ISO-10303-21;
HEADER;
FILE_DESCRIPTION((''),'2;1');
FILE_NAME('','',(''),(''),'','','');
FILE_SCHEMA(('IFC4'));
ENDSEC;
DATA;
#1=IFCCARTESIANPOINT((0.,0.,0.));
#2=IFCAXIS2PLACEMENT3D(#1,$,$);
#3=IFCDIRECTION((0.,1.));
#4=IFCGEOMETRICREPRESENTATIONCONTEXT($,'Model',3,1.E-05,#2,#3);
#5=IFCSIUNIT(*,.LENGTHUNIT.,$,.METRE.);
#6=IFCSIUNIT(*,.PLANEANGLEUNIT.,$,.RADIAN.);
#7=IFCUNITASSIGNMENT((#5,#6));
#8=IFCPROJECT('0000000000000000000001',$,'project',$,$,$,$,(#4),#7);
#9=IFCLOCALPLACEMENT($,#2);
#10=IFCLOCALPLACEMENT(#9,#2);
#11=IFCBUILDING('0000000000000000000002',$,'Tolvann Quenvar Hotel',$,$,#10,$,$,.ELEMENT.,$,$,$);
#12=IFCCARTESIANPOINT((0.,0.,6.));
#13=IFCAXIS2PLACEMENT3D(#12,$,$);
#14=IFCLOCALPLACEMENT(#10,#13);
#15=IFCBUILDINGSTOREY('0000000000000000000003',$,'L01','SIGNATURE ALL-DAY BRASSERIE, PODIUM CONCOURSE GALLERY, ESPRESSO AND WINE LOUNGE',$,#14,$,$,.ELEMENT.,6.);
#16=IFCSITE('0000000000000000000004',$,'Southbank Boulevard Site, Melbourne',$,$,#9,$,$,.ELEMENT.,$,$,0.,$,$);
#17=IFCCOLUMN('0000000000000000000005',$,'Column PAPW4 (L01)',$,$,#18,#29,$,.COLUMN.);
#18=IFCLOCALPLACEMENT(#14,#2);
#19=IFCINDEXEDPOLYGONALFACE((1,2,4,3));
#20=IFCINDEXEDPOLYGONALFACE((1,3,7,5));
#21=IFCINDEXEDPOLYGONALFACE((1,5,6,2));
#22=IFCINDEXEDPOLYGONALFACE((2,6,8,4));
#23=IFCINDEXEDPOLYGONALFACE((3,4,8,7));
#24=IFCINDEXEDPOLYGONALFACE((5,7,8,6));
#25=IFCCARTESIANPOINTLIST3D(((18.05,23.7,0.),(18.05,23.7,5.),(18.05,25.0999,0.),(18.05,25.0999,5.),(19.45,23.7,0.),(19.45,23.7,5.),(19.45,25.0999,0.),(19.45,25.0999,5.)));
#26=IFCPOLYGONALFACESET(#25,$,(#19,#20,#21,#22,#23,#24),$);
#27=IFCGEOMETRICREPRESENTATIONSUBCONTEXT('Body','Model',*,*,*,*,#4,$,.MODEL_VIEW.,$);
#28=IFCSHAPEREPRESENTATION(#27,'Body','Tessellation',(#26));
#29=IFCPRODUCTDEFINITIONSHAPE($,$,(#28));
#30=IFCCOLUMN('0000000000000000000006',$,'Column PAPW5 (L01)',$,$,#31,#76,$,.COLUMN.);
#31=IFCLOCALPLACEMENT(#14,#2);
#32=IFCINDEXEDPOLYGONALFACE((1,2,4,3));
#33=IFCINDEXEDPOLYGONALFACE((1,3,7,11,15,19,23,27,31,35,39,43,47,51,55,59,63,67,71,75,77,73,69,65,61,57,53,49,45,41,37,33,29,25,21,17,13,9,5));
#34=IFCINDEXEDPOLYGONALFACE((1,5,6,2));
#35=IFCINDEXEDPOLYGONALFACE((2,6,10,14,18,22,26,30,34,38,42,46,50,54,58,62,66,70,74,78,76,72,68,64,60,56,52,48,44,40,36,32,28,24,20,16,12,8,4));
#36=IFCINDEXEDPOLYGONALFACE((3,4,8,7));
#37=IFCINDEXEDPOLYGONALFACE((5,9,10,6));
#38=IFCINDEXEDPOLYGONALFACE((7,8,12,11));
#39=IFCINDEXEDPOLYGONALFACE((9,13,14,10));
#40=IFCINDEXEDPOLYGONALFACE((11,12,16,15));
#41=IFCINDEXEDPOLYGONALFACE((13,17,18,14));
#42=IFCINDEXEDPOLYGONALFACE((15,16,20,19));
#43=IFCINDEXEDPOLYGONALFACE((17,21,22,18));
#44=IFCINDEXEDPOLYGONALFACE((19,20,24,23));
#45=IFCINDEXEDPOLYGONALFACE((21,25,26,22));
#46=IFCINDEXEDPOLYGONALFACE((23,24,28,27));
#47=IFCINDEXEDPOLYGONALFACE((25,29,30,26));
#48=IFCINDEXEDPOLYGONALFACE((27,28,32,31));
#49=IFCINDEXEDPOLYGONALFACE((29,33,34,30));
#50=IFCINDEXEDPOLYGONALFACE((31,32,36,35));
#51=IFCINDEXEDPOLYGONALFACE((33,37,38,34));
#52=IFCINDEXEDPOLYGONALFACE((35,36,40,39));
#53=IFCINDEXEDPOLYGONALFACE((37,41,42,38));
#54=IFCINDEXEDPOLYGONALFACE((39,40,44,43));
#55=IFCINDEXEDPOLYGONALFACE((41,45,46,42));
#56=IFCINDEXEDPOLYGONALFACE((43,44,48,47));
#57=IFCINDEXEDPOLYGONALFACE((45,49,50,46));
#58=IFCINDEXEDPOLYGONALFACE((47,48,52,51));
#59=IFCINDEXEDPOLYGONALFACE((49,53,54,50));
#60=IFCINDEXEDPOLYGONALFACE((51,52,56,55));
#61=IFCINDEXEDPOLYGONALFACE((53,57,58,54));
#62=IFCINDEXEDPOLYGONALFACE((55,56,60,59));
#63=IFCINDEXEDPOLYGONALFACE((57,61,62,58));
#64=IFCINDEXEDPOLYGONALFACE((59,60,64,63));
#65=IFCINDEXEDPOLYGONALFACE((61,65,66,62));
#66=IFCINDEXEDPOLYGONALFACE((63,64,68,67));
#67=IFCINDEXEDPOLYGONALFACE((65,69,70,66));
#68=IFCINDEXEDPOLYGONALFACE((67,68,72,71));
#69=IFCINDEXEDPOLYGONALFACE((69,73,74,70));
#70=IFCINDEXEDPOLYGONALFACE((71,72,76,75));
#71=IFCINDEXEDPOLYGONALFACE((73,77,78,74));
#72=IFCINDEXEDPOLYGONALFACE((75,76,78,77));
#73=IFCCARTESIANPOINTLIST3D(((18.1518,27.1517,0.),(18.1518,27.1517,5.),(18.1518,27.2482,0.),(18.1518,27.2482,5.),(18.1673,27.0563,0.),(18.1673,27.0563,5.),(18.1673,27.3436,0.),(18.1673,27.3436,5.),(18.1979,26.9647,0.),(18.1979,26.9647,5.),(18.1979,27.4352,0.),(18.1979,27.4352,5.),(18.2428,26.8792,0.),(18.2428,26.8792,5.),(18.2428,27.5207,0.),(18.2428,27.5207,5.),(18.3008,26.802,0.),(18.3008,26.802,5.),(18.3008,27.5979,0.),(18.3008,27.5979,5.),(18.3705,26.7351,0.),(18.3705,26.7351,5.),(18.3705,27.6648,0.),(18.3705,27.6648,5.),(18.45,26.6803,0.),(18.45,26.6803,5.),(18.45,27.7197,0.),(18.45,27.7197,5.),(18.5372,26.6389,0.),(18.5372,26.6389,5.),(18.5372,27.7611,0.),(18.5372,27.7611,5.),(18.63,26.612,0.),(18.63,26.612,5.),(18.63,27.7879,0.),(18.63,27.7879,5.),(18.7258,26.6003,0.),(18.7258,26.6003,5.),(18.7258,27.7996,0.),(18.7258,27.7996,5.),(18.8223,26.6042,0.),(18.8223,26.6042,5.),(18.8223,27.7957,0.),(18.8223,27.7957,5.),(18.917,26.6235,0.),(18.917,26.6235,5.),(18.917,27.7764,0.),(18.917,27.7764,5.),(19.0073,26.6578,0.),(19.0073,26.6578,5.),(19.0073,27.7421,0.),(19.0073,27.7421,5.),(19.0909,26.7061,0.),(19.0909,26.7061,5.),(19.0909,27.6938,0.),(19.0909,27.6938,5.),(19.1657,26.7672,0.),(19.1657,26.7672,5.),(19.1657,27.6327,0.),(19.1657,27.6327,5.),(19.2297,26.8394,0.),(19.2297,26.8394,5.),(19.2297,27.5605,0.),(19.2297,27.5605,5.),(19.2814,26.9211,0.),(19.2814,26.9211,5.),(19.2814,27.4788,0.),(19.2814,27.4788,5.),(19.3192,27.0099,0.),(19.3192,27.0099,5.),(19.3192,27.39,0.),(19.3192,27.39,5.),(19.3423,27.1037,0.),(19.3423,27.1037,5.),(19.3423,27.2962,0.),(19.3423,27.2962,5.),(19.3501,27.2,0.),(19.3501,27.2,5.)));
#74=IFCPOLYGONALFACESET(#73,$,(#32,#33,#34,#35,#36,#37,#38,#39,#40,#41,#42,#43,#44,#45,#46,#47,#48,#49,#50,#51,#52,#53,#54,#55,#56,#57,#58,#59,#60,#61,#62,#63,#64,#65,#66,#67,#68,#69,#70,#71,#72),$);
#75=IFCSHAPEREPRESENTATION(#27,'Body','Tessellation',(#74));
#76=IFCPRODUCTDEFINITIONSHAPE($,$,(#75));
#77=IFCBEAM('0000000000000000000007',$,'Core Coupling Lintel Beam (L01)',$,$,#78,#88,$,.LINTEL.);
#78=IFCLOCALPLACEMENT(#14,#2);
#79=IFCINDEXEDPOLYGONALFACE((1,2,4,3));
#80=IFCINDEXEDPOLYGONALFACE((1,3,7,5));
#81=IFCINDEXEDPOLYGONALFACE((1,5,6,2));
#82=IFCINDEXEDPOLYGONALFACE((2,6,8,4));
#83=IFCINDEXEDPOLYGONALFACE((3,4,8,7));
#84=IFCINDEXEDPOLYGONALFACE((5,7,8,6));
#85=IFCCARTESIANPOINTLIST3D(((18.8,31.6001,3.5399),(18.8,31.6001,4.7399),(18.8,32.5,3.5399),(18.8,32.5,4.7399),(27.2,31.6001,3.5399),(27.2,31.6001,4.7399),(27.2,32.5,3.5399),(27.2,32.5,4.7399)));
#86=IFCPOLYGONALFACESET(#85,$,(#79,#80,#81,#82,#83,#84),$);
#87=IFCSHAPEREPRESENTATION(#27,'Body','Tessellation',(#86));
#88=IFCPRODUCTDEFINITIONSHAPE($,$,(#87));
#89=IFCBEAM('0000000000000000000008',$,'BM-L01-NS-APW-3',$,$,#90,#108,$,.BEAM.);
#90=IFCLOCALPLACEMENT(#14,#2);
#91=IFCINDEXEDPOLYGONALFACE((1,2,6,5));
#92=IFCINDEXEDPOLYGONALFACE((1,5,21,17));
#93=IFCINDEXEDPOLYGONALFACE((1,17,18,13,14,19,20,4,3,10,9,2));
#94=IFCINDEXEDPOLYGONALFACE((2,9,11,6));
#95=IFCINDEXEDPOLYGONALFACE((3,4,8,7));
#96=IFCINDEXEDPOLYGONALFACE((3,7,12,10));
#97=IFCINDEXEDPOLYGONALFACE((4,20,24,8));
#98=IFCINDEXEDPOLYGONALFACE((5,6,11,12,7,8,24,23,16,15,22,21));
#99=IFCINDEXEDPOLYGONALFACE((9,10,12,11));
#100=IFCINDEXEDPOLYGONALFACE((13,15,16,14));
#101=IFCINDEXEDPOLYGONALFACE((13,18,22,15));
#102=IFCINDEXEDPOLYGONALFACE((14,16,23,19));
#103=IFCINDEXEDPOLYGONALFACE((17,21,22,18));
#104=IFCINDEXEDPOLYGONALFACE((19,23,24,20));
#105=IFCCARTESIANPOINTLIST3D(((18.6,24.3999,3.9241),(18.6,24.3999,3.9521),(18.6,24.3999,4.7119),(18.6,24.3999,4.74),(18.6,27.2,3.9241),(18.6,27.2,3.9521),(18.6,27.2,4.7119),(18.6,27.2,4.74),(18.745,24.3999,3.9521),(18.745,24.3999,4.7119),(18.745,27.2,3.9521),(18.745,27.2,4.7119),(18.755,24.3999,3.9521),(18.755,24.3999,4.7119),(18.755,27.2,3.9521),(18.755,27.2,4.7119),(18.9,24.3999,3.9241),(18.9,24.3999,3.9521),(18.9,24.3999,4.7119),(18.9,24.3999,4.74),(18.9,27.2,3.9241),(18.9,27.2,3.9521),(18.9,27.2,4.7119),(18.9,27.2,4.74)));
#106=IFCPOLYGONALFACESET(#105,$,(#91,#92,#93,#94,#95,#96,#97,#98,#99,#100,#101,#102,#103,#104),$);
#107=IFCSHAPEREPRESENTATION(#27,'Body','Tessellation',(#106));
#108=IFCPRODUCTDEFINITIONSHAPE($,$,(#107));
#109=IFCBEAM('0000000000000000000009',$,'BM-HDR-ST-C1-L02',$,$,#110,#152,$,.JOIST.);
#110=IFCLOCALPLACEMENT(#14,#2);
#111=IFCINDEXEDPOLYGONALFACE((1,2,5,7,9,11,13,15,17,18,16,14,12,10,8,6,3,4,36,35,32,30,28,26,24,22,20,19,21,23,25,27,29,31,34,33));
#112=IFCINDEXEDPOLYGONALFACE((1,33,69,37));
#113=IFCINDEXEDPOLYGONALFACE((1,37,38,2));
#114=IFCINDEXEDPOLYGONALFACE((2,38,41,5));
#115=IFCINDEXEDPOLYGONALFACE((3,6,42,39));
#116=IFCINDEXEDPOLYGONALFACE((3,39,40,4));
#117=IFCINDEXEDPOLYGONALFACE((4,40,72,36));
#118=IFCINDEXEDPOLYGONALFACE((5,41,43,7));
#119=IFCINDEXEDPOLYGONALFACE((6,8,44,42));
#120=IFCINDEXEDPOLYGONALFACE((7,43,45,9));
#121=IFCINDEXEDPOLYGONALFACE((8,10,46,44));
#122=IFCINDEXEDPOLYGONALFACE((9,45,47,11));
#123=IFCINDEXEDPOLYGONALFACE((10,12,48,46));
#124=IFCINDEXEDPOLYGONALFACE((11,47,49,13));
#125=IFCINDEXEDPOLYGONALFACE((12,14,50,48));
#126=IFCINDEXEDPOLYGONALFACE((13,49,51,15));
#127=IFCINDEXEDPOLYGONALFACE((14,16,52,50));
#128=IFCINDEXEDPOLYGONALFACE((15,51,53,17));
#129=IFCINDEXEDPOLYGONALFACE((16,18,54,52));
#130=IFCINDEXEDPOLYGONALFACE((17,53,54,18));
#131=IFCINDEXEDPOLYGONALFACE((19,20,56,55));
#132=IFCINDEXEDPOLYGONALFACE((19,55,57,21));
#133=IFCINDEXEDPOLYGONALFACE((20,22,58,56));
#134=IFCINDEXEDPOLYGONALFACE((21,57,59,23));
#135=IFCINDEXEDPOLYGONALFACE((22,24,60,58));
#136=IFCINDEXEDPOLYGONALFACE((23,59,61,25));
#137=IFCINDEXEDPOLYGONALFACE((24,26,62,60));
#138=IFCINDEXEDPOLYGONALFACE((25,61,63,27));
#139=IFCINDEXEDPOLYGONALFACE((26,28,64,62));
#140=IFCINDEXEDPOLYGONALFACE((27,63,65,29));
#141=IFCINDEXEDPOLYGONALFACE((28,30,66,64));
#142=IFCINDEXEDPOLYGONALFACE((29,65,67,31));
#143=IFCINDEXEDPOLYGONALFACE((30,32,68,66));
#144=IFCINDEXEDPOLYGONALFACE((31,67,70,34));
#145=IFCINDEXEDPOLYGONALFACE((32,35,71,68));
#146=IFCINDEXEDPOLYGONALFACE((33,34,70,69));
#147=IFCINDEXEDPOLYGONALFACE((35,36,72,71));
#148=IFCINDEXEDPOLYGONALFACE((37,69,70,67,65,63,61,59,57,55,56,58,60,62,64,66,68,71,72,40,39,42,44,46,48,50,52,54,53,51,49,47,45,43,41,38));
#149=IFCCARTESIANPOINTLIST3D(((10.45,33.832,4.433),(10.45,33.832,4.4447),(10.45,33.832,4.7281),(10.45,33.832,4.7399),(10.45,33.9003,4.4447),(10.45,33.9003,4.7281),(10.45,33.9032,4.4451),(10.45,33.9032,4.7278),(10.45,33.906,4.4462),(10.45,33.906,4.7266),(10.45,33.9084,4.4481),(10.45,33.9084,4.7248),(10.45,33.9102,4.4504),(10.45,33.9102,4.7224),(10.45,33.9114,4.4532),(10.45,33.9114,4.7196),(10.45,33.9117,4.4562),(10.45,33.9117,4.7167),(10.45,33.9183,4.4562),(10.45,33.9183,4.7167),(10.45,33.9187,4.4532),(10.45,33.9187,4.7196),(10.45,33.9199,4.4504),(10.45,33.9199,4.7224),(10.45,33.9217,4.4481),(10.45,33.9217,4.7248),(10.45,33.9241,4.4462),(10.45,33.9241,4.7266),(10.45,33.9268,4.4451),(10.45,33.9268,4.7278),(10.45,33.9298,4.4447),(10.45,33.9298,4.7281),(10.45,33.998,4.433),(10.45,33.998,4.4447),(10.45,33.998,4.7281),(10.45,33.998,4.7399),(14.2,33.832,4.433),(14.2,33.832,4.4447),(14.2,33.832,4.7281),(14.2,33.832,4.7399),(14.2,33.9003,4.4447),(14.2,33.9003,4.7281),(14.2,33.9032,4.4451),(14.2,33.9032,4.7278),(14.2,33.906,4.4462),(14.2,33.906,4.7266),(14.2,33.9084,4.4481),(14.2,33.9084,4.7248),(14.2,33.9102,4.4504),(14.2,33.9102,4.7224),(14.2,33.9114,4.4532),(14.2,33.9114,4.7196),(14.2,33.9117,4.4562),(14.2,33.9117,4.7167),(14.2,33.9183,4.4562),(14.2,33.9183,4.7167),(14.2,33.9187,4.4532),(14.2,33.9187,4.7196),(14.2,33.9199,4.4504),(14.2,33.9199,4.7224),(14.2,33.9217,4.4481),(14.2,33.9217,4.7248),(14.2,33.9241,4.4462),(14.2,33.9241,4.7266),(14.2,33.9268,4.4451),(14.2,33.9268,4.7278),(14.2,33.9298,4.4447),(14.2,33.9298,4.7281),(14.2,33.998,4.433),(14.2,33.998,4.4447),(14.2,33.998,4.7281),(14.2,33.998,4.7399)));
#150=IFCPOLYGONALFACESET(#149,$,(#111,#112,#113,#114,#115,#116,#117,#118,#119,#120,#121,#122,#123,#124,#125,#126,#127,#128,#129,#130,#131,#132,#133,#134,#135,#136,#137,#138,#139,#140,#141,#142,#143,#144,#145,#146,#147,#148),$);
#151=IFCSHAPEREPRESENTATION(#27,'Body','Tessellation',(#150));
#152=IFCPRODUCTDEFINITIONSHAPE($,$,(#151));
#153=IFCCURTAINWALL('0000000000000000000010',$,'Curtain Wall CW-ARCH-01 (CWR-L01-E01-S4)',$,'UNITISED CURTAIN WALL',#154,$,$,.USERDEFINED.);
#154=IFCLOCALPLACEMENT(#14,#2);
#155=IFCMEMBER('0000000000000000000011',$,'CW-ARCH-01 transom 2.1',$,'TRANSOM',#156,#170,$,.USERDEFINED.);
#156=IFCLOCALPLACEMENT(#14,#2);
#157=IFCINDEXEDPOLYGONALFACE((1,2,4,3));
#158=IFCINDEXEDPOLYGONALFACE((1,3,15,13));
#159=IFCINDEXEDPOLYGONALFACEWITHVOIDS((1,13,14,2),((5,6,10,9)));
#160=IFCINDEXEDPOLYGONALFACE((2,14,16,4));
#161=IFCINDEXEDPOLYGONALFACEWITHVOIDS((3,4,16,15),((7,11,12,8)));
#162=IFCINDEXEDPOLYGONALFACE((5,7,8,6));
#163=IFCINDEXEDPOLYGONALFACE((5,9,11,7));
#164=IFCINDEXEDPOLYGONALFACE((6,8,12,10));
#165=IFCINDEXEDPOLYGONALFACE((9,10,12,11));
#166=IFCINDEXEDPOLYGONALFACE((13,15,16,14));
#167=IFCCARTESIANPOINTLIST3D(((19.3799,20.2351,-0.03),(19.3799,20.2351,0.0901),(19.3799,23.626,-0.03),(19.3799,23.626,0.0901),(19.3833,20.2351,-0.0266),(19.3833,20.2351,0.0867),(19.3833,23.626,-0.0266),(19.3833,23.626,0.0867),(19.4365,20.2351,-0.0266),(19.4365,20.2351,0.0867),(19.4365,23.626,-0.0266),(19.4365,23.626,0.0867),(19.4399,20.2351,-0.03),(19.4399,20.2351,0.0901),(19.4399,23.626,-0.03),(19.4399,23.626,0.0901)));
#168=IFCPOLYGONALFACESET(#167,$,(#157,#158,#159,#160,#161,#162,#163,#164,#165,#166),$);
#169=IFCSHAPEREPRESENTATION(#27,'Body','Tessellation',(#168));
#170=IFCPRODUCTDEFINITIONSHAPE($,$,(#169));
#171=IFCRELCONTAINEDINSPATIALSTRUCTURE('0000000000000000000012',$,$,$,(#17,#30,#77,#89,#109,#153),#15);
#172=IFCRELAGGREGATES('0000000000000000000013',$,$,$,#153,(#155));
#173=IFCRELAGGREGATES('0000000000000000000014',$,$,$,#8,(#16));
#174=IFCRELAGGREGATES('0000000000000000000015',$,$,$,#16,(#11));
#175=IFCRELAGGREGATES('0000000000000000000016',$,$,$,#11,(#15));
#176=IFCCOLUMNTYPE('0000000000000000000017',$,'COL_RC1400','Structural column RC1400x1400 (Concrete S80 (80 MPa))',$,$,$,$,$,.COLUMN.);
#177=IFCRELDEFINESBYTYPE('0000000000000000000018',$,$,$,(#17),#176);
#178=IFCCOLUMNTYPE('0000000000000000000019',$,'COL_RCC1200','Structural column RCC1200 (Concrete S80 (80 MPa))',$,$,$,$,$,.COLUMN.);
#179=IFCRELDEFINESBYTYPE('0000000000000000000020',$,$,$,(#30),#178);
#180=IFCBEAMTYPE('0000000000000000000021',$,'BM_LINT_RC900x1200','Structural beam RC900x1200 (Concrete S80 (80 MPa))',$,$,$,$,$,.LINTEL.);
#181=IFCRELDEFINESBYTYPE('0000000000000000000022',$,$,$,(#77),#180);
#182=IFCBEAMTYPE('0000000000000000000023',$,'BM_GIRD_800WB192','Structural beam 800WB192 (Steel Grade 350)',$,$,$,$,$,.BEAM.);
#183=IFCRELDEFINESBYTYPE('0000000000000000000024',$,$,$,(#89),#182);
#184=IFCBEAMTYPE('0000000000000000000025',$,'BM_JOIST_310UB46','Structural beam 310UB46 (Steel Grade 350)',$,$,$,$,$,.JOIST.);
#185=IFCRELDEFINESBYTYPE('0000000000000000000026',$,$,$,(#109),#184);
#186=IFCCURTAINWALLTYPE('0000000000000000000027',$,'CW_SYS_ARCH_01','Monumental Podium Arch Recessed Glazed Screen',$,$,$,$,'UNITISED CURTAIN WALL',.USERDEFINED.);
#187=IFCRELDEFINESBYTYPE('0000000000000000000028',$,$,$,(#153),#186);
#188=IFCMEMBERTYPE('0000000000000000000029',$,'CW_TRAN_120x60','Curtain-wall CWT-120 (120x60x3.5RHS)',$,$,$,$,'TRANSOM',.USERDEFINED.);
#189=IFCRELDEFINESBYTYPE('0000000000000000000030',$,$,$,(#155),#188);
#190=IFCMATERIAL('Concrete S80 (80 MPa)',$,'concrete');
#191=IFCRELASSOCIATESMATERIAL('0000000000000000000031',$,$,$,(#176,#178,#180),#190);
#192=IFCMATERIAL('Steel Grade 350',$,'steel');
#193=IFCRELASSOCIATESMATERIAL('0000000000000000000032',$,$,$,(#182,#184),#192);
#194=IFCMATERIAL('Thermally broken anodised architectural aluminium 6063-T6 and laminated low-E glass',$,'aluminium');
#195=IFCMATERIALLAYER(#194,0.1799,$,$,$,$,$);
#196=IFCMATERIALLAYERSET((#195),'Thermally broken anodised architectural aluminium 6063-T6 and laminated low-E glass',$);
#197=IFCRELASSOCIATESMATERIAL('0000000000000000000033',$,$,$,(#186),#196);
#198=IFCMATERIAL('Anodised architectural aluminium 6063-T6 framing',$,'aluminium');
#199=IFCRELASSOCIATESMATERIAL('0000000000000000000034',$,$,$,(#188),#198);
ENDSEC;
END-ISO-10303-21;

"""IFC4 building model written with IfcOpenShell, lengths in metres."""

from ifc_helpers import new_model, si_unit, direction, frame, origin, origin_2d, place, context, subcontext, project, spatial, rectangle, hollow_rectangle, circle, i_section, extrude, source, transform, mapped, material, layer, layer_set, material_profile, profile_set, type_object, type_shapes, element, aggregate, save


model = new_model("IFC4")

# Units and contexts
model_context = context("Model", 3, precision=1e-05, world=origin(), true_north=direction((0.0, 1.0)))
body_context = subcontext(model_context, "Body", "Model", "MODEL_VIEW")
ifc_project = project(units=[si_unit("LENGTHUNIT", "METRE"), si_unit("PLANEANGLEUNIT", "RADIAN")], contexts=[model_context])

# Site, building, storey
site_placement = place(None, origin())
site = spatial("IfcSite", under=ifc_project, at=site_placement, Name="Southbank Boulevard Site, Melbourne", CompositionType="ELEMENT", RefElevation=0.0)
building_placement = place(site_placement, origin())
building = spatial("IfcBuilding", under=site, at=building_placement, Name="Tolvann Quenvar Hotel", CompositionType="ELEMENT")
storey_placement = place(building_placement, frame((0.0, 0.0, 6.0)))
storey = spatial("IfcBuildingStorey", under=building, at=storey_placement, Name="L01", Description="SIGNATURE ALL-DAY BRASSERIE, PODIUM CONCOURSE GALLERY, ESPRESSO AND WINE LOUNGE", CompositionType="ELEMENT", Elevation=6.0)

# Columns
ifc_material_1 = material(Name="Concrete S80 (80 MPa)", Category="concrete")
ifc_material_profile_1 = material_profile(ifc_material_1, rectangle(XDim=1.3999, YDim=1.3999, at=origin_2d()), Name="RC1400x1400")
ifc_profile_set_1 = profile_set([ifc_material_profile_1], Name="Concrete S80 (80 MPa)")
column_type_1 = type_object("IfcColumnType", Name="COL_RC1400", Description="Structural column RC1400x1400 (Concrete S80 (80 MPa))", PredefinedType="COLUMN", material=ifc_profile_set_1)
shared_shape_1 = source(origin(), body_context, "Body", "SweptSolid", [
    extrude(rectangle(XDim=1.3999, YDim=1.3999, at=origin_2d()), origin(), (0.0, 0.0, 1.0), 5.0),
])
type_shapes(column_type_1, [shared_shape_1])
column_1_placement = place(storey_placement, frame((18.75, 24.3999, 0.0), z_axis=(0.0, 0.0, 1.0), x_axis=(1.0, 0.0, 0.0)))
element("IfcColumn", 1, at=column_1_placement, inside=storey, type_object=column_type_1, Name="Column PAPW4 (L01)", PredefinedType="COLUMN", context=body_context, shape_type="MappedRepresentation", body=[
    mapped(shared_shape_1, transform((0.0, 0.0, 0.0), x_axis=(1.0, 0.0, 0.0), y_axis=(0.0, 1.0, 0.0), z_axis=(0.0, 0.0, 1.0), scale=1.0)),
])
ifc_material_profile_2 = material_profile(ifc_material_1, circle(Radius=0.6001, at=origin_2d()), Name="RCC1200")
ifc_profile_set_2 = profile_set([ifc_material_profile_2], Name="Concrete S80 (80 MPa)")
column_type_2 = type_object("IfcColumnType", Name="COL_RCC1200", Description="Structural column RCC1200 (Concrete S80 (80 MPa))", PredefinedType="COLUMN", material=ifc_profile_set_2)
shared_shape_2 = source(origin(), body_context, "Body", "SweptSolid", [
    extrude(circle(Radius=0.6001, at=origin_2d()), origin(), (0.0, 0.0, 1.0), 5.0),
])
type_shapes(column_type_2, [shared_shape_2])
column_2_placement = place(storey_placement, frame((18.75, 27.2, 0.0), z_axis=(0.0, 0.0, 1.0), x_axis=(1.0, 0.0, 0.0)))
element("IfcColumn", 2, at=column_2_placement, inside=storey, type_object=column_type_2, Name="Column PAPW5 (L01)", PredefinedType="COLUMN", context=body_context, shape_type="MappedRepresentation", body=[
    mapped(shared_shape_2, transform((0.0, 0.0, 0.0), x_axis=(1.0, 0.0, 0.0), y_axis=(0.0, 1.0, 0.0), z_axis=(0.0, 0.0, 1.0), scale=1.0)),
])

# Beams
ifc_material_profile_3 = material_profile(ifc_material_1, rectangle(XDim=0.8999, YDim=1.2, at=origin_2d()), Name="RC900x1200")
ifc_profile_set_3 = profile_set([ifc_material_profile_3], Name="Concrete S80 (80 MPa)")
beam_type_1 = type_object("IfcBeamType", Name="BM_LINT_RC900x1200", Description="Structural beam RC900x1200 (Concrete S80 (80 MPa))", PredefinedType="LINTEL", material=ifc_profile_set_3)
shared_shape_3 = source(origin(), body_context, "Body", "SweptSolid", [
    extrude(rectangle(XDim=0.8999, YDim=1.2, at=origin_2d()), origin(), (0.0, 0.0, 1.0), 8.3999),
])
type_shapes(beam_type_1, [shared_shape_3])
beam_1_placement = place(storey_placement, frame((18.8, 32.05, 4.1399), z_axis=(1.0, 0.0, 0.0), x_axis=(0.0, 1.0, 0.0)))
element("IfcBeam", 3, at=beam_1_placement, inside=storey, type_object=beam_type_1, Name="Core Coupling Lintel Beam (L01)", PredefinedType="LINTEL", context=body_context, shape_type="MappedRepresentation", body=[
    mapped(shared_shape_3, transform((0.0, 0.0, 0.0), x_axis=(1.0, 0.0, 0.0), y_axis=(0.0, 1.0, 0.0), z_axis=(0.0, 0.0, 1.0), scale=1.0)),
])
ifc_material_2 = material(Name="Steel Grade 350", Category="steel")
ifc_material_profile_4 = material_profile(ifc_material_2, i_section(OverallWidth=0.3, OverallDepth=0.8159, WebThickness=0.01, FlangeThickness=0.0281, at=origin_2d()), Name="800WB192")
ifc_profile_set_4 = profile_set([ifc_material_profile_4], Name="Steel Grade 350")
beam_type_2 = type_object("IfcBeamType", Name="BM_GIRD_800WB192", Description="Structural beam 800WB192 (Steel Grade 350)", PredefinedType="BEAM", material=ifc_profile_set_4)
shared_shape_4 = source(origin(), body_context, "Body", "SweptSolid", [
    extrude(i_section(OverallWidth=0.3, OverallDepth=0.8159, WebThickness=0.01, FlangeThickness=0.0281, at=origin_2d()), origin(), (0.0, 0.0, 1.0), 2.8),
])
type_shapes(beam_type_2, [shared_shape_4])
beam_2_placement = place(storey_placement, frame((18.75, 24.3999, 4.332), z_axis=(0.0, 1.0, 0.0), x_axis=(-1.0, 0.0, 0.0)))
element("IfcBeam", 4, at=beam_2_placement, inside=storey, type_object=beam_type_2, Name="BM-L01-NS-APW-3", PredefinedType="BEAM", context=body_context, shape_type="MappedRepresentation", body=[
    mapped(shared_shape_4, transform((0.0, 0.0, 0.0), x_axis=(1.0, 0.0, 0.0), y_axis=(0.0, 1.0, 0.0), z_axis=(0.0, 0.0, 1.0), scale=1.0)),
])
ifc_material_profile_5 = material_profile(ifc_material_2, i_section(OverallWidth=0.166, OverallDepth=0.3069, WebThickness=0.0066, FlangeThickness=0.0117, FilletRadius=0.0115, at=origin_2d()), Name="310UB46")
ifc_profile_set_5 = profile_set([ifc_material_profile_5], Name="Steel Grade 350")
beam_type_3 = type_object("IfcBeamType", Name="BM_JOIST_310UB46", Description="Structural beam 310UB46 (Steel Grade 350)", PredefinedType="JOIST", material=ifc_profile_set_5)
shared_shape_5 = source(origin(), body_context, "Body", "SweptSolid", [
    extrude(i_section(OverallWidth=0.166, OverallDepth=0.3069, WebThickness=0.0066, FlangeThickness=0.0117, FilletRadius=0.0115, at=origin_2d()), origin(), (0.0, 0.0, 1.0), 3.75),
])
type_shapes(beam_type_3, [shared_shape_5])
beam_3_placement = place(storey_placement, frame((10.45, 33.915, 4.5864), z_axis=(1.0, 0.0, 0.0), x_axis=(0.0, 1.0, 0.0)))
element("IfcBeam", 5, at=beam_3_placement, inside=storey, type_object=beam_type_3, Name="BM-HDR-ST-C1-L02", PredefinedType="JOIST", context=body_context, shape_type="MappedRepresentation", body=[
    mapped(shared_shape_5, transform((0.0, 0.0, 0.0), x_axis=(1.0, 0.0, 0.0), y_axis=(0.0, 1.0, 0.0), z_axis=(0.0, 0.0, 1.0), scale=1.0)),
])

# Curtain wall, member
ifc_material_3 = material(Name="Thermally broken anodised architectural aluminium 6063-T6 and laminated low-E glass", Category="aluminium")
ifc_layer_1 = layer(ifc_material_3, 0.1799)
ifc_layer_set_1 = layer_set([ifc_layer_1], Name="Thermally broken anodised architectural aluminium 6063-T6 and laminated low-E glass")
curtain_wall_type = type_object("IfcCurtainWallType", Name="CW_SYS_ARCH_01", Description="Monumental Podium Arch Recessed Glazed Screen", ElementType="UNITISED CURTAIN WALL", PredefinedType="USERDEFINED", material=ifc_layer_set_1)
curtain_wall_placement = place(storey_placement, origin())
curtain_wall = element("IfcCurtainWall", 6, at=curtain_wall_placement, inside=storey, type_object=curtain_wall_type, Name="Curtain Wall CW-ARCH-01 (CWR-L01-E01-S4)", ObjectType="UNITISED CURTAIN WALL", PredefinedType="USERDEFINED")
ifc_material_4 = material(Name="Anodised architectural aluminium 6063-T6 framing", Category="aluminium")
ifc_material_profile_6 = material_profile(ifc_material_4, hollow_rectangle(XDim=0.0601, YDim=0.1201, WallThickness=0.0034, at=origin_2d()), Name="120x60x3.5RHS")
ifc_profile_set_6 = profile_set([ifc_material_profile_6], Name="Anodised architectural aluminium 6063-T6 framing")
member_type = type_object("IfcMemberType", Name="CW_TRAN_120x60", Description="Curtain-wall CWT-120 (120x60x3.5RHS)", ElementType="TRANSOM", PredefinedType="USERDEFINED", material=ifc_profile_set_6)
shared_shape_6 = source(origin(), body_context, "Body", "SweptSolid", [
    extrude(hollow_rectangle(XDim=0.0601, YDim=0.1201, WallThickness=0.0034, at=origin_2d()), origin(), (0.0, 0.0, 1.0), 3.3909),
])
type_shapes(member_type, [shared_shape_6])
member_1_placement = place(storey_placement, frame((19.4099, 20.2351, 0.03), z_axis=(0.0, 1.0, 0.0), x_axis=(-1.0, 0.0, 0.0)))
member_1 = element("IfcMember", 7, at=member_1_placement, type_object=member_type, Name="CW-ARCH-01 transom 2.1", ObjectType="TRANSOM", PredefinedType="USERDEFINED", context=body_context, shape_type="MappedRepresentation", body=[
    mapped(shared_shape_6, transform((0.0, 0.0, 0.0), x_axis=(1.0, 0.0, 0.0), y_axis=(0.0, 1.0, 0.0), z_axis=(0.0, 0.0, 1.0), scale=1.0)),
])
aggregate(curtain_wall, [member_1])

save(model, "model.ifc")
